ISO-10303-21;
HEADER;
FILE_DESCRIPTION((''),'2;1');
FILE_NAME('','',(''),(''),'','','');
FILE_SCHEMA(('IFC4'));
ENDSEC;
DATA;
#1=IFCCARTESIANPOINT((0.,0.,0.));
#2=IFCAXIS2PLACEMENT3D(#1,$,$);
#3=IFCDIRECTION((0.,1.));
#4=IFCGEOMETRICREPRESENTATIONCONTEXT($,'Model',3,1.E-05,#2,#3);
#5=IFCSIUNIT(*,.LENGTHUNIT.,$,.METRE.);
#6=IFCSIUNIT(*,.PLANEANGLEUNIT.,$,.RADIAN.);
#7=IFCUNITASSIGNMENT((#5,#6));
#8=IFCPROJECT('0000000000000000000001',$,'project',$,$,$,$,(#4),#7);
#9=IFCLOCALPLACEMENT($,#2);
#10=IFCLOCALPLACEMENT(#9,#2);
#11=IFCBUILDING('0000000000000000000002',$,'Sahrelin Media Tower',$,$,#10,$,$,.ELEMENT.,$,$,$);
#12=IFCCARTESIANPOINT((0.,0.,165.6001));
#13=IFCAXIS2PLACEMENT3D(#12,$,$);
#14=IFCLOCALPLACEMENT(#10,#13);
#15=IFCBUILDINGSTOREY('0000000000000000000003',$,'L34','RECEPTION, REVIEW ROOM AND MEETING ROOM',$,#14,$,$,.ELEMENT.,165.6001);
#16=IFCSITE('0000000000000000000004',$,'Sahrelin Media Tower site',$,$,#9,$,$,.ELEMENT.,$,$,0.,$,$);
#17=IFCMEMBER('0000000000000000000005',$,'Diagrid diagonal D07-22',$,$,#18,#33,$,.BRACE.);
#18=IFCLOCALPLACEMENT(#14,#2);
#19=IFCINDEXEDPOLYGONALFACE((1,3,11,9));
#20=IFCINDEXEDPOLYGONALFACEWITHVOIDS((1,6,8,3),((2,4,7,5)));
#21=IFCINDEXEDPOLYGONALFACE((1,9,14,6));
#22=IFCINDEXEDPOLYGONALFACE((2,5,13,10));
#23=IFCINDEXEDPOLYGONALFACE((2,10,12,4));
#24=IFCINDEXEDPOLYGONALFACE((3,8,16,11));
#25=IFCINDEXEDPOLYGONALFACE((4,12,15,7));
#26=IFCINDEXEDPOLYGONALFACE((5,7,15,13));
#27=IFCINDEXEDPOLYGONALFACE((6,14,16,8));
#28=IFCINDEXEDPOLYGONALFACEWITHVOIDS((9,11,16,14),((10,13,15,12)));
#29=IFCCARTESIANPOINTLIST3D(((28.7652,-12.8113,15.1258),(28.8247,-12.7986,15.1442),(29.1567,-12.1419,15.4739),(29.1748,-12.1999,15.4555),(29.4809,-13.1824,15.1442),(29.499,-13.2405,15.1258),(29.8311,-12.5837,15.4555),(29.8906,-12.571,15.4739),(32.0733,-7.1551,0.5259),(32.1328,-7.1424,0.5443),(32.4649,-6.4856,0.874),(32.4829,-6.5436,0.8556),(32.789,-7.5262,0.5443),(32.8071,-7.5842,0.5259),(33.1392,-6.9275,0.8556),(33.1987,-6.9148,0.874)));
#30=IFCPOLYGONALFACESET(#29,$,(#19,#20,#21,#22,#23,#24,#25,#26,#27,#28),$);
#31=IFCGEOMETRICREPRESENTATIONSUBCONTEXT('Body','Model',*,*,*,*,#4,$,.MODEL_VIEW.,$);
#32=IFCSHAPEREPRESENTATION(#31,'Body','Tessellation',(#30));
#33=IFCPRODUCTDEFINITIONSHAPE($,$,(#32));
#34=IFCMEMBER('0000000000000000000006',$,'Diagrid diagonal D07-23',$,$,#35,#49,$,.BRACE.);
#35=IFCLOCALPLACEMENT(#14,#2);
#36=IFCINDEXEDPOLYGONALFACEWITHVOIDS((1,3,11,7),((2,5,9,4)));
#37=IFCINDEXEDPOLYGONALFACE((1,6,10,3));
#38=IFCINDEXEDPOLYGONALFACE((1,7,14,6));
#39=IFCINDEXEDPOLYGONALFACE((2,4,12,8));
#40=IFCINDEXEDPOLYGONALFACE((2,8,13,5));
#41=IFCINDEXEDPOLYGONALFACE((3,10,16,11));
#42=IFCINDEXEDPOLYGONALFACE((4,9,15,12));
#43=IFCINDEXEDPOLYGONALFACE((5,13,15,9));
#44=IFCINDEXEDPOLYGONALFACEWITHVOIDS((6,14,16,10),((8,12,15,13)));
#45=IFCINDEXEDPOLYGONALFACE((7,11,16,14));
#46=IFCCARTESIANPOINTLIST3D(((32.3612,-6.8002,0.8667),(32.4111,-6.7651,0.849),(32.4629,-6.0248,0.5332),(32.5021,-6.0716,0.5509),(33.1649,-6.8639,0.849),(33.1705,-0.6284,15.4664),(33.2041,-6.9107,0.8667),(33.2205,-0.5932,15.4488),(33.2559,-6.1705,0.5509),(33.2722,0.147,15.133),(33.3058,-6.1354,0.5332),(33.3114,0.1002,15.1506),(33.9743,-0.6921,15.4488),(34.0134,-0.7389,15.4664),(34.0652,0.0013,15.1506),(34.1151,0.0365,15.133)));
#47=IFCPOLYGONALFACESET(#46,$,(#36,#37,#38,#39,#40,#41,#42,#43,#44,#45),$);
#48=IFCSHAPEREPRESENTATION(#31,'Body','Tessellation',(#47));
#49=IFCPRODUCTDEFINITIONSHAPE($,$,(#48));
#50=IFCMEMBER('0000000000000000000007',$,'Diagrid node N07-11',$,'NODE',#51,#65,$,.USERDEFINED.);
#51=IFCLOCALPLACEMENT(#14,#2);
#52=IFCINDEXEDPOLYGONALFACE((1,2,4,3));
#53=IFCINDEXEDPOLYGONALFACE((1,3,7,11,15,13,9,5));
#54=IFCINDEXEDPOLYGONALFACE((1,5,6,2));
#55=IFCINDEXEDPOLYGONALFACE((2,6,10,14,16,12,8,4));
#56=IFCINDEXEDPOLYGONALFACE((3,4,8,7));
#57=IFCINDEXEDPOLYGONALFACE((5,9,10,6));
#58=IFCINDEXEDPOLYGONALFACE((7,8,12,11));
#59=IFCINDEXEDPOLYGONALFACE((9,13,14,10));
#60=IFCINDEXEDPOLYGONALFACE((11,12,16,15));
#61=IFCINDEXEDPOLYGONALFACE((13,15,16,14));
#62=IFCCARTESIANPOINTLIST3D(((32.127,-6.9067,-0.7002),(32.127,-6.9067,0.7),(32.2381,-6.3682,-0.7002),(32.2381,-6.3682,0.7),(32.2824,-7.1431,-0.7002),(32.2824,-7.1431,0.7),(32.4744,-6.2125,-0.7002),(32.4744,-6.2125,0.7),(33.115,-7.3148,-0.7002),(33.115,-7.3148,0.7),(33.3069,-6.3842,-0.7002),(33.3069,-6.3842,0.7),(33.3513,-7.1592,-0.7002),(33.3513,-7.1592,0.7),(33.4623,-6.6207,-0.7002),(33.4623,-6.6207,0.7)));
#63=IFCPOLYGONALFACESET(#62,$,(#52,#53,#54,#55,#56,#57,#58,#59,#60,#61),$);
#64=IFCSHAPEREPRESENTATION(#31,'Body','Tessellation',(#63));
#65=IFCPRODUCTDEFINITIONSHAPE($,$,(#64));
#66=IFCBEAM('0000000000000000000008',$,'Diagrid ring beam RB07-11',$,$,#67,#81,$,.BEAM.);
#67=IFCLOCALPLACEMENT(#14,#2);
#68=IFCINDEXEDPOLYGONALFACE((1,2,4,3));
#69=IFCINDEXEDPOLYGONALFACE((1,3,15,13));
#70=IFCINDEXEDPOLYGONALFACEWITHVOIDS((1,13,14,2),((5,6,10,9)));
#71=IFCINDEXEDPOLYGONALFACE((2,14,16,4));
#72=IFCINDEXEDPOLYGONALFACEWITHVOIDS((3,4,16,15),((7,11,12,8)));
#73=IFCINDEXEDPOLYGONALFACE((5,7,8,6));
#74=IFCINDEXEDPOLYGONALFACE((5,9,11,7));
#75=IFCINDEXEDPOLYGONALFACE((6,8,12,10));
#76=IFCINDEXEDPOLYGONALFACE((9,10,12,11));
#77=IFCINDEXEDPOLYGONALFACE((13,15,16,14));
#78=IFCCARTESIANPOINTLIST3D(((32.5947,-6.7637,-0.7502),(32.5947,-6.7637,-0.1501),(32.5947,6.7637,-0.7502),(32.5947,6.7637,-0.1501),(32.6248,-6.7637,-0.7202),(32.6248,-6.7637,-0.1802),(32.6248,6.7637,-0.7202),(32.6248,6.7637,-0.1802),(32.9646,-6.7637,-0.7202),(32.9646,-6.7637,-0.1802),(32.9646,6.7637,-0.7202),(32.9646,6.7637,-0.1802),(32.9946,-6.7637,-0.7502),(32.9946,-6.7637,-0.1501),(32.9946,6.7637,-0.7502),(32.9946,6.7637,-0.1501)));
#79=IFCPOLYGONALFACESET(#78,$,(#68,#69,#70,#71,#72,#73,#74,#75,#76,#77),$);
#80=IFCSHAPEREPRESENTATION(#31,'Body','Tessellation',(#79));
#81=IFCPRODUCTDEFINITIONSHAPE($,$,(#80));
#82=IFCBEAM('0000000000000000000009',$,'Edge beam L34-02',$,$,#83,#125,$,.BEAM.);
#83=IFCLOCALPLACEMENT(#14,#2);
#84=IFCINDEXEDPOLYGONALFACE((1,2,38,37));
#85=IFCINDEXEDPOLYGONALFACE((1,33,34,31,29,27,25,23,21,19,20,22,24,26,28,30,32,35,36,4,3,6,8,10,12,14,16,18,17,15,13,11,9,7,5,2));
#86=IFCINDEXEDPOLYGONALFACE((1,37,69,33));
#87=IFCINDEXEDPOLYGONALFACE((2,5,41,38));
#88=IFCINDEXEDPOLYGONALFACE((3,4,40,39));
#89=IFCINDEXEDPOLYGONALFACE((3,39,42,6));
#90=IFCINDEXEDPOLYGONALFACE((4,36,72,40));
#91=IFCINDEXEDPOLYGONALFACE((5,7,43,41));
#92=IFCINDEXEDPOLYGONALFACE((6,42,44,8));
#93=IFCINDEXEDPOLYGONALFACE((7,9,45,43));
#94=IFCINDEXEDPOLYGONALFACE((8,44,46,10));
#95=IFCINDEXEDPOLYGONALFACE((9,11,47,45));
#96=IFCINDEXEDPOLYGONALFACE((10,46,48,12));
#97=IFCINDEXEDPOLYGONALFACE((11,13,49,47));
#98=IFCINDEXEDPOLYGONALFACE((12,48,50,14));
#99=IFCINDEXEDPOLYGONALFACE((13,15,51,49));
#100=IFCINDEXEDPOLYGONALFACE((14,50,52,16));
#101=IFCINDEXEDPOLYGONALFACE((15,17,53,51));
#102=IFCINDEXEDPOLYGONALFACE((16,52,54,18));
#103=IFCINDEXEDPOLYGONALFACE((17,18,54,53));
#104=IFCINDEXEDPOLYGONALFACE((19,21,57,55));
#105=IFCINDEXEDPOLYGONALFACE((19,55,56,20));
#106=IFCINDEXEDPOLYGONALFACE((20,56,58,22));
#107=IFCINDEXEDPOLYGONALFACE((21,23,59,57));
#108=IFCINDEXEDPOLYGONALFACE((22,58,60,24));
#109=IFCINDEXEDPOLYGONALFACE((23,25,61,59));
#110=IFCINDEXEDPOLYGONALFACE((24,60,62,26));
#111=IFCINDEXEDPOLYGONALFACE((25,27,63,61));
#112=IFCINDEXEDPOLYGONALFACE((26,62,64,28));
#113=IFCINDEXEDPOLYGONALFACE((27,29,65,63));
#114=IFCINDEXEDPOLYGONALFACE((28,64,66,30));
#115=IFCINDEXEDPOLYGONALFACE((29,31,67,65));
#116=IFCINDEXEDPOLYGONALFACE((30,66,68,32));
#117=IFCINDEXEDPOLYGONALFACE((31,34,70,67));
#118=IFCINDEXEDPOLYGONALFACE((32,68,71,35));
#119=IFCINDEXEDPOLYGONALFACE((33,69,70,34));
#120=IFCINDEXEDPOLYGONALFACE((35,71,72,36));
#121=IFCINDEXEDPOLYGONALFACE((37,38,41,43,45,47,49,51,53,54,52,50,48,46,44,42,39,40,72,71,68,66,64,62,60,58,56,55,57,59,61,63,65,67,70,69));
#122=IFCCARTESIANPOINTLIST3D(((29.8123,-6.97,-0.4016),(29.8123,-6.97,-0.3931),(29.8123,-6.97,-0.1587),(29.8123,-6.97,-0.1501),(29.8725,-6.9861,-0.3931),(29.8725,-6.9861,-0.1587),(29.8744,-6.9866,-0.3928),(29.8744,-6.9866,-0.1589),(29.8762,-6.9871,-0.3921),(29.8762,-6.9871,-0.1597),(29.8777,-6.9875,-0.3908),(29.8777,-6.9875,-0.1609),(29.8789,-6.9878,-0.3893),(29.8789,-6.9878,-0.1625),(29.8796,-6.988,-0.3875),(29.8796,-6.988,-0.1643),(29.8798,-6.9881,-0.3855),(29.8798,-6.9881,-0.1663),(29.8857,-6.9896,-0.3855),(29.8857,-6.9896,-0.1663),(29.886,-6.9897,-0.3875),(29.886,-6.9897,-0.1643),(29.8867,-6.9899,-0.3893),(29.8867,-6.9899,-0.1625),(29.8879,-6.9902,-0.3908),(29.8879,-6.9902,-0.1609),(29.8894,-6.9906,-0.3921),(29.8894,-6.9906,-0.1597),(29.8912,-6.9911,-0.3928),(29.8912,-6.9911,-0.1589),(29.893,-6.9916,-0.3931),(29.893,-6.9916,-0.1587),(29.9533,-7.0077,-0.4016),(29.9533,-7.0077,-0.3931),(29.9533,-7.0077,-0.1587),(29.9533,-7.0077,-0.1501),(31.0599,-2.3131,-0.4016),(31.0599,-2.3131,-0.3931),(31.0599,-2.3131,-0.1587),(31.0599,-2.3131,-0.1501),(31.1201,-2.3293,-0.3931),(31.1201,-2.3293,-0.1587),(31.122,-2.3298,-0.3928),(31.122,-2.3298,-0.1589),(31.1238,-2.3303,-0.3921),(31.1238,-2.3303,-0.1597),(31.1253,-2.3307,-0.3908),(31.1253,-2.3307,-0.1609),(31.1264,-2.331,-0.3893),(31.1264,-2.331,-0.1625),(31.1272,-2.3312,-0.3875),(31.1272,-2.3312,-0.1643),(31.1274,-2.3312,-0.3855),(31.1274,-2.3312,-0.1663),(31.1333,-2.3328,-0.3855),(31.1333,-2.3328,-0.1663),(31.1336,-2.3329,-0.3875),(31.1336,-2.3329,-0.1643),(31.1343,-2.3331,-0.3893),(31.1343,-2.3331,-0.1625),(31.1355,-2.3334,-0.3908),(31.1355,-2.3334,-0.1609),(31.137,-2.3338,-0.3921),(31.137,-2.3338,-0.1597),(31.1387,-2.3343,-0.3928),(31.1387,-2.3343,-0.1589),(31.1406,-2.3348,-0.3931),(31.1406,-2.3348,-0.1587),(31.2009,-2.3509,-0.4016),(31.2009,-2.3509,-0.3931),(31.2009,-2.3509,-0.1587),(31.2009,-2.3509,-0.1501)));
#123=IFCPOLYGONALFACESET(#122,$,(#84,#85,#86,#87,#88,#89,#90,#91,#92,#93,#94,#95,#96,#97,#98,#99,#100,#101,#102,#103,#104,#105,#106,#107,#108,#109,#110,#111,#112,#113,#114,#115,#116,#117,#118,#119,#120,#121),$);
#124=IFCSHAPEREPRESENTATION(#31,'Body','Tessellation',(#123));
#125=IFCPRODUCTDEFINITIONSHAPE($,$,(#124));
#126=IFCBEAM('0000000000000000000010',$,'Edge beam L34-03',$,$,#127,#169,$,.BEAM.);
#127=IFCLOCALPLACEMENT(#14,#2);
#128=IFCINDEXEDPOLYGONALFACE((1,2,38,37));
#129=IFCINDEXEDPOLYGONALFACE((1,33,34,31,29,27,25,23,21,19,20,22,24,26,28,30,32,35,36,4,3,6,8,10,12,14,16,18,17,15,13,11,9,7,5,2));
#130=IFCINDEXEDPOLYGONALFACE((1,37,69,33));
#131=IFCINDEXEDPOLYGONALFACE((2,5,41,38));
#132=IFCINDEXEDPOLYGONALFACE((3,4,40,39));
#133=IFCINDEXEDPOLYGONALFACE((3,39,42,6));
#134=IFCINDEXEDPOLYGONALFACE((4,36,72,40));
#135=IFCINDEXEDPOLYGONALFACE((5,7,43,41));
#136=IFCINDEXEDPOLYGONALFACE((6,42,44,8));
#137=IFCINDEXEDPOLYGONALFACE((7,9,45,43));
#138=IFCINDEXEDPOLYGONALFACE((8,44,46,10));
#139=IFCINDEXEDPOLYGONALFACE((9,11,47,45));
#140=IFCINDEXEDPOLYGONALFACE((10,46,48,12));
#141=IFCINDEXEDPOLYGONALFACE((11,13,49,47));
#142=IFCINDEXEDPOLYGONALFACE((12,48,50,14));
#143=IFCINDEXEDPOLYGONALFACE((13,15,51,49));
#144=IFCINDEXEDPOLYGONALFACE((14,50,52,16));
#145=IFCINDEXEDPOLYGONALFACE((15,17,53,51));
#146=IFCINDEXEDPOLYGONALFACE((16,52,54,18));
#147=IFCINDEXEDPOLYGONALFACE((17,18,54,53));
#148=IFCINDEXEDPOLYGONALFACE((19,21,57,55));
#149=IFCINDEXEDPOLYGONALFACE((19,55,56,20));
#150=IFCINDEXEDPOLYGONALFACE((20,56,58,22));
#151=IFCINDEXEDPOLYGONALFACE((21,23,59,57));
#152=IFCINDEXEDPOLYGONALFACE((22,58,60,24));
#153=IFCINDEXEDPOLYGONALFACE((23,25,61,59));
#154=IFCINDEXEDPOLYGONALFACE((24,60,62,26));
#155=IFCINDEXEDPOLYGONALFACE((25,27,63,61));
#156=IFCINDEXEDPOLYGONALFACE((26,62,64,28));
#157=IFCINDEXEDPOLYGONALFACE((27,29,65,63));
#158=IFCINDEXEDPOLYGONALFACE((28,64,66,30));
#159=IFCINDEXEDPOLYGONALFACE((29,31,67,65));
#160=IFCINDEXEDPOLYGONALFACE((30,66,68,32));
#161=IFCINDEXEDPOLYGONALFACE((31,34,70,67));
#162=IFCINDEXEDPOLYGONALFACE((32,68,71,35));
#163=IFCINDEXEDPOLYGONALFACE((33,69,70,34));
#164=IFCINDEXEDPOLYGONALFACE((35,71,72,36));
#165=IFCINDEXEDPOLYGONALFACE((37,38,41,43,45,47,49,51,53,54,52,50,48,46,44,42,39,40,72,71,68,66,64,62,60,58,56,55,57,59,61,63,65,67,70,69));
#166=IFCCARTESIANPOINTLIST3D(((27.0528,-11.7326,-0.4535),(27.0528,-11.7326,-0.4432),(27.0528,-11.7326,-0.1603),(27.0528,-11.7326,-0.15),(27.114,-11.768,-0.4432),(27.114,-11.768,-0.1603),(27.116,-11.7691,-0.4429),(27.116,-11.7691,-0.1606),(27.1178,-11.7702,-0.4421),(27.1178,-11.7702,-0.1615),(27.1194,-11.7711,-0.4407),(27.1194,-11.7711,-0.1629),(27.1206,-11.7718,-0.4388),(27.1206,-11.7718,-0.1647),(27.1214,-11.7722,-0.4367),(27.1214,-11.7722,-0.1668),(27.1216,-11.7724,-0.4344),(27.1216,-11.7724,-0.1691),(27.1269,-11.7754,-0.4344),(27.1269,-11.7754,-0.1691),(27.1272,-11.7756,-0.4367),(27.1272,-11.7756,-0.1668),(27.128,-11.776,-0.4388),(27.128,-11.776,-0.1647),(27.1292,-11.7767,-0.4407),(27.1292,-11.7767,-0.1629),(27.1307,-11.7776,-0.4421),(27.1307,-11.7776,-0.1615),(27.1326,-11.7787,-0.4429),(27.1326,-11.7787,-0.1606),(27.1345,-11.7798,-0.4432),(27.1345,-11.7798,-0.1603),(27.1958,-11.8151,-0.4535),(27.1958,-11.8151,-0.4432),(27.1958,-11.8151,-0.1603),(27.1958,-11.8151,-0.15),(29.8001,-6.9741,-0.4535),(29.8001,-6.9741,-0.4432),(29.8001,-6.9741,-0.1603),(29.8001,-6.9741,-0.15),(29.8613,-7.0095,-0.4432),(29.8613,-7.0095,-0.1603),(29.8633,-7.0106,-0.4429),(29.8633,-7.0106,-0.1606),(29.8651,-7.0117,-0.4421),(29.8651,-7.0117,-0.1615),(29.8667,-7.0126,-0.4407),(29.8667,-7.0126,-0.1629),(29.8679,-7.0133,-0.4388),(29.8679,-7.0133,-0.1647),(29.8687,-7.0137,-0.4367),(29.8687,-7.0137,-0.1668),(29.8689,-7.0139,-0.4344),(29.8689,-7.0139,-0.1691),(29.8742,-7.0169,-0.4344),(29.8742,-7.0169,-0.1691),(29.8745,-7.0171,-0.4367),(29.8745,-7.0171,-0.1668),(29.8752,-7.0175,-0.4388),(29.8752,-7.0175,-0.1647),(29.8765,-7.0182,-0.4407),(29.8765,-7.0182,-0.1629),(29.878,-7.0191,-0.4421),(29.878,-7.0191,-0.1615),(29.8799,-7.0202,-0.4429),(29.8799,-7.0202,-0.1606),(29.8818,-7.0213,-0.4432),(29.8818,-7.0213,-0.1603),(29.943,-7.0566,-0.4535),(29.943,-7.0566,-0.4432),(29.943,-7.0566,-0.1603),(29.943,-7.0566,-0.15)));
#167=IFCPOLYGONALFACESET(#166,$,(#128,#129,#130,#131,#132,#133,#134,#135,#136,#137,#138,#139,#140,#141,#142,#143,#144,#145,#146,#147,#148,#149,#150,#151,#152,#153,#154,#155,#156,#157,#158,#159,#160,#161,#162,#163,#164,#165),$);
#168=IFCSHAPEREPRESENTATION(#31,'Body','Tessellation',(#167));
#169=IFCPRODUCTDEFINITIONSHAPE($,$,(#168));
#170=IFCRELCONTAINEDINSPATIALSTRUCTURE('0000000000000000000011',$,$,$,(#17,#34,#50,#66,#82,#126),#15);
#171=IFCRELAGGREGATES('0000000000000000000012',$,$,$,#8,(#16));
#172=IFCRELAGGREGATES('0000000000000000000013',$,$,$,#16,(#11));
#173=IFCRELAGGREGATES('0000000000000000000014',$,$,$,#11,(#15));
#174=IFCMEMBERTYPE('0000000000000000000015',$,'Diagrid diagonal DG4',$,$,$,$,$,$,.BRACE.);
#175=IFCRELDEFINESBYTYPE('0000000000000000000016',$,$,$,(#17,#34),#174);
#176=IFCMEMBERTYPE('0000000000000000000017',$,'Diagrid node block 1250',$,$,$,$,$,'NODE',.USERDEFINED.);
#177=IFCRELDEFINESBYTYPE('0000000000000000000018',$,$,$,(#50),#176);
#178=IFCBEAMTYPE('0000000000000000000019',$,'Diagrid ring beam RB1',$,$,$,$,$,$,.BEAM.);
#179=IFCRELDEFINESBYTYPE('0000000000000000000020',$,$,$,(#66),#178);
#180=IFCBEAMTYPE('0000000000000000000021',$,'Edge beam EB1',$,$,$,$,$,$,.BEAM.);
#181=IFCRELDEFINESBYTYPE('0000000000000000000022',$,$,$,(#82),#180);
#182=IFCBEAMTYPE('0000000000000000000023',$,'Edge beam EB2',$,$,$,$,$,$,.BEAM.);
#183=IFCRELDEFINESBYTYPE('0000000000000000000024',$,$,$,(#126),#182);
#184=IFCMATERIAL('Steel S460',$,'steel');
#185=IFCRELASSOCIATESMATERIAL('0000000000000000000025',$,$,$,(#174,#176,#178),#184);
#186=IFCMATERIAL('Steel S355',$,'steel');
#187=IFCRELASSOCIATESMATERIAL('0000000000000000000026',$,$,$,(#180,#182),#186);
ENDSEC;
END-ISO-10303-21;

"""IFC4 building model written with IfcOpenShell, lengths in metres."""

from ifc_helpers import new_model, si_unit, direction, frame, origin, origin_2d, place, context, subcontext, project, spatial, polyline, hollow_rectangle, i_section, outline, extrude, material, material_profile, profile_set, type_object, element, save


model = new_model("IFC4")

# Units and contexts
model_context = context("Model", 3, precision=1e-05, world=origin(), true_north=direction((0.0, 1.0)))
body_context = subcontext(model_context, "Body", "Model", "MODEL_VIEW")
ifc_project = project(units=[si_unit("LENGTHUNIT", "METRE"), si_unit("PLANEANGLEUNIT", "RADIAN")], contexts=[model_context])

# Site, building, storey
site_placement = place(None, origin())
site = spatial("IfcSite", under=ifc_project, at=site_placement, Name="Sahrelin Media Tower site", CompositionType="ELEMENT", RefElevation=0.0)
building_placement = place(site_placement, origin())
building = spatial("IfcBuilding", under=site, at=building_placement, Name="Sahrelin Media Tower", CompositionType="ELEMENT")
storey_placement = place(building_placement, frame((0.0, 0.0, 165.6001)))
storey = spatial("IfcBuildingStorey", under=building, at=storey_placement, Name="L34", Description="RECEPTION, REVIEW ROOM AND MEETING ROOM", CompositionType="ELEMENT", Elevation=165.6001)

# Members
ifc_material_1 = material(Name="Steel S460", Category="steel")
ifc_material_profile_1 = material_profile(ifc_material_1, hollow_rectangle(XDim=0.8501, YDim=0.8501, WallThickness=0.0449, at=origin_2d()), Name="Diagrid diagonal DG4")
ifc_profile_set_1 = profile_set([ifc_material_profile_1], Name="Steel S460")
member_type_1 = type_object("IfcMemberType", Name="Diagrid diagonal DG4", PredefinedType="BRACE", material=ifc_profile_set_1)
member_1_placement = place(storey_placement, frame((32.636, -7.0349, 0.7), z_axis=(-0.206719, -0.353452, 0.912326), x_axis=(0.863205, -0.504853, 0.0)))
element("IfcMember", 1, at=member_1_placement, inside=storey, type_object=member_type_1, Name="Diagrid diagonal D07-22", PredefinedType="BRACE", context=body_context, shape_type="SweptSolid", body=[
    extrude(hollow_rectangle(XDim=0.8501, YDim=0.8501, WallThickness=0.0449, at=origin_2d()), origin(), (0.0, 0.0, 1.0), 16.0029),
])
member_2_placement = place(storey_placement, frame((32.8335, -6.4678, 0.7), z_axis=(0.050993, 0.388867, 0.919882), x_axis=(-0.991512, 0.130018, 0.0)))
element("IfcMember", 2, at=member_2_placement, inside=storey, type_object=member_type_1, Name="Diagrid diagonal D07-23", PredefinedType="BRACE", context=body_context, shape_type="SweptSolid", body=[
    extrude(hollow_rectangle(XDim=0.8501, YDim=0.8501, WallThickness=0.0449, at=origin_2d()), origin(), (0.0, 0.0, 1.0), 15.8713),
])
ifc_material_profile_2 = material_profile(ifc_material_1, outline(polyline([(0.425, -0.4751), (0.625, -0.2749), (0.625, 0.2749), (0.425, 0.4751), (-0.425, 0.4751), (-0.625, 0.2749), (-0.625, -0.2749), (-0.425, -0.4751), (0.425, -0.4751)])), Name="Diagrid node block 1250")
ifc_profile_set_2 = profile_set([ifc_material_profile_2], Name="Steel S460")
member_type_2 = type_object("IfcMemberType", Name="Diagrid node block 1250", ElementType="NODE", PredefinedType="USERDEFINED", material=ifc_profile_set_2)
member_3_placement = place(storey_placement, frame((32.7947, -6.7637, -0.7002), z_axis=(0.0, 0.0, 1.0), x_axis=(0.979388, -0.201989, 0.0)))
element("IfcMember", 3, at=member_3_placement, inside=storey, type_object=member_type_2, Name="Diagrid node N07-11", ObjectType="NODE", PredefinedType="USERDEFINED", context=body_context, shape_type="SweptSolid", body=[
    extrude(outline(polyline([(0.425, -0.4751), (0.625, -0.2749), (0.625, 0.2749), (0.425, 0.4751), (-0.425, 0.4751), (-0.625, 0.2749), (-0.625, -0.2749), (-0.425, -0.4751), (0.425, -0.4751)])), origin(), (0.0, 0.0, 1.0), 1.4001),
])

# Beams
ifc_material_profile_3 = material_profile(ifc_material_1, hollow_rectangle(XDim=0.3999, YDim=0.6001, WallThickness=0.03, at=origin_2d()), Name="Diagrid ring beam RB1")
ifc_profile_set_3 = profile_set([ifc_material_profile_3], Name="Steel S460")
beam_type_1 = type_object("IfcBeamType", Name="Diagrid ring beam RB1", PredefinedType="BEAM", material=ifc_profile_set_3)
beam_1_placement = place(storey_placement, frame((32.7947, -6.7637, -0.4502), z_axis=(0.0, 1.0, 0.0), x_axis=(-1.0, 0.0, 0.0)))
element("IfcBeam", 4, at=beam_1_placement, inside=storey, type_object=beam_type_1, Name="Diagrid ring beam RB07-11", PredefinedType="BEAM", context=body_context, shape_type="SweptSolid", body=[
    extrude(hollow_rectangle(XDim=0.3999, YDim=0.6001, WallThickness=0.03, at=origin_2d()), origin(), (0.0, 0.0, 1.0), 13.5273),
])
ifc_material_2 = material(Name="Steel S355", Category="steel")
ifc_material_profile_4 = material_profile(ifc_material_2, i_section(OverallWidth=0.146, OverallDepth=0.2515, WebThickness=0.0061, FlangeThickness=0.0085, FilletRadius=0.0076, at=origin_2d()), Name="UB 254x146x31")
ifc_profile_set_4 = profile_set([ifc_material_profile_4], Name="Steel S355")
beam_type_2 = type_object("IfcBeamType", Name="Edge beam EB1", PredefinedType="BEAM", material=ifc_profile_set_4)
beam_2_placement = place(storey_placement, frame((31.1304, -2.332, -0.2759), z_axis=(-0.258778, -0.965937, 0.0), x_axis=(0.965937, -0.258778, 0.0)))
element("IfcBeam", 5, at=beam_2_placement, inside=storey, type_object=beam_type_2, Name="Edge beam L34-02", PredefinedType="BEAM", context=body_context, shape_type="SweptSolid", body=[
    extrude(i_section(OverallWidth=0.146, OverallDepth=0.2515, WebThickness=0.0061, FlangeThickness=0.0085, FilletRadius=0.0076, at=origin_2d()), origin(), (0.0, 0.0, 1.0), 4.821),
])
ifc_material_profile_5 = material_profile(ifc_material_2, i_section(OverallWidth=0.165, OverallDepth=0.3035, WebThickness=0.0061, FlangeThickness=0.0103, FilletRadius=0.0088, at=origin_2d()), Name="UB 305x165x40")
ifc_profile_set_5 = profile_set([ifc_material_profile_5], Name="Steel S355")
beam_type_3 = type_object("IfcBeamType", Name="Edge beam EB2", PredefinedType="BEAM", material=ifc_profile_set_5)
beam_3_placement = place(storey_placement, frame((29.8716, -7.0154, -0.3018), z_axis=(-0.499996, -0.866028, 0.0), x_axis=(0.866028, -0.499996, 0.0)))
element("IfcBeam", 6, at=beam_3_placement, inside=storey, type_object=beam_type_3, Name="Edge beam L34-03", PredefinedType="BEAM", context=body_context, shape_type="SweptSolid", body=[
    extrude(i_section(OverallWidth=0.165, OverallDepth=0.3035, WebThickness=0.0061, FlangeThickness=0.0103, FilletRadius=0.0088, at=origin_2d()), origin(), (0.0, 0.0, 1.0), 5.4946),
])

save(model, "model.ifc")
